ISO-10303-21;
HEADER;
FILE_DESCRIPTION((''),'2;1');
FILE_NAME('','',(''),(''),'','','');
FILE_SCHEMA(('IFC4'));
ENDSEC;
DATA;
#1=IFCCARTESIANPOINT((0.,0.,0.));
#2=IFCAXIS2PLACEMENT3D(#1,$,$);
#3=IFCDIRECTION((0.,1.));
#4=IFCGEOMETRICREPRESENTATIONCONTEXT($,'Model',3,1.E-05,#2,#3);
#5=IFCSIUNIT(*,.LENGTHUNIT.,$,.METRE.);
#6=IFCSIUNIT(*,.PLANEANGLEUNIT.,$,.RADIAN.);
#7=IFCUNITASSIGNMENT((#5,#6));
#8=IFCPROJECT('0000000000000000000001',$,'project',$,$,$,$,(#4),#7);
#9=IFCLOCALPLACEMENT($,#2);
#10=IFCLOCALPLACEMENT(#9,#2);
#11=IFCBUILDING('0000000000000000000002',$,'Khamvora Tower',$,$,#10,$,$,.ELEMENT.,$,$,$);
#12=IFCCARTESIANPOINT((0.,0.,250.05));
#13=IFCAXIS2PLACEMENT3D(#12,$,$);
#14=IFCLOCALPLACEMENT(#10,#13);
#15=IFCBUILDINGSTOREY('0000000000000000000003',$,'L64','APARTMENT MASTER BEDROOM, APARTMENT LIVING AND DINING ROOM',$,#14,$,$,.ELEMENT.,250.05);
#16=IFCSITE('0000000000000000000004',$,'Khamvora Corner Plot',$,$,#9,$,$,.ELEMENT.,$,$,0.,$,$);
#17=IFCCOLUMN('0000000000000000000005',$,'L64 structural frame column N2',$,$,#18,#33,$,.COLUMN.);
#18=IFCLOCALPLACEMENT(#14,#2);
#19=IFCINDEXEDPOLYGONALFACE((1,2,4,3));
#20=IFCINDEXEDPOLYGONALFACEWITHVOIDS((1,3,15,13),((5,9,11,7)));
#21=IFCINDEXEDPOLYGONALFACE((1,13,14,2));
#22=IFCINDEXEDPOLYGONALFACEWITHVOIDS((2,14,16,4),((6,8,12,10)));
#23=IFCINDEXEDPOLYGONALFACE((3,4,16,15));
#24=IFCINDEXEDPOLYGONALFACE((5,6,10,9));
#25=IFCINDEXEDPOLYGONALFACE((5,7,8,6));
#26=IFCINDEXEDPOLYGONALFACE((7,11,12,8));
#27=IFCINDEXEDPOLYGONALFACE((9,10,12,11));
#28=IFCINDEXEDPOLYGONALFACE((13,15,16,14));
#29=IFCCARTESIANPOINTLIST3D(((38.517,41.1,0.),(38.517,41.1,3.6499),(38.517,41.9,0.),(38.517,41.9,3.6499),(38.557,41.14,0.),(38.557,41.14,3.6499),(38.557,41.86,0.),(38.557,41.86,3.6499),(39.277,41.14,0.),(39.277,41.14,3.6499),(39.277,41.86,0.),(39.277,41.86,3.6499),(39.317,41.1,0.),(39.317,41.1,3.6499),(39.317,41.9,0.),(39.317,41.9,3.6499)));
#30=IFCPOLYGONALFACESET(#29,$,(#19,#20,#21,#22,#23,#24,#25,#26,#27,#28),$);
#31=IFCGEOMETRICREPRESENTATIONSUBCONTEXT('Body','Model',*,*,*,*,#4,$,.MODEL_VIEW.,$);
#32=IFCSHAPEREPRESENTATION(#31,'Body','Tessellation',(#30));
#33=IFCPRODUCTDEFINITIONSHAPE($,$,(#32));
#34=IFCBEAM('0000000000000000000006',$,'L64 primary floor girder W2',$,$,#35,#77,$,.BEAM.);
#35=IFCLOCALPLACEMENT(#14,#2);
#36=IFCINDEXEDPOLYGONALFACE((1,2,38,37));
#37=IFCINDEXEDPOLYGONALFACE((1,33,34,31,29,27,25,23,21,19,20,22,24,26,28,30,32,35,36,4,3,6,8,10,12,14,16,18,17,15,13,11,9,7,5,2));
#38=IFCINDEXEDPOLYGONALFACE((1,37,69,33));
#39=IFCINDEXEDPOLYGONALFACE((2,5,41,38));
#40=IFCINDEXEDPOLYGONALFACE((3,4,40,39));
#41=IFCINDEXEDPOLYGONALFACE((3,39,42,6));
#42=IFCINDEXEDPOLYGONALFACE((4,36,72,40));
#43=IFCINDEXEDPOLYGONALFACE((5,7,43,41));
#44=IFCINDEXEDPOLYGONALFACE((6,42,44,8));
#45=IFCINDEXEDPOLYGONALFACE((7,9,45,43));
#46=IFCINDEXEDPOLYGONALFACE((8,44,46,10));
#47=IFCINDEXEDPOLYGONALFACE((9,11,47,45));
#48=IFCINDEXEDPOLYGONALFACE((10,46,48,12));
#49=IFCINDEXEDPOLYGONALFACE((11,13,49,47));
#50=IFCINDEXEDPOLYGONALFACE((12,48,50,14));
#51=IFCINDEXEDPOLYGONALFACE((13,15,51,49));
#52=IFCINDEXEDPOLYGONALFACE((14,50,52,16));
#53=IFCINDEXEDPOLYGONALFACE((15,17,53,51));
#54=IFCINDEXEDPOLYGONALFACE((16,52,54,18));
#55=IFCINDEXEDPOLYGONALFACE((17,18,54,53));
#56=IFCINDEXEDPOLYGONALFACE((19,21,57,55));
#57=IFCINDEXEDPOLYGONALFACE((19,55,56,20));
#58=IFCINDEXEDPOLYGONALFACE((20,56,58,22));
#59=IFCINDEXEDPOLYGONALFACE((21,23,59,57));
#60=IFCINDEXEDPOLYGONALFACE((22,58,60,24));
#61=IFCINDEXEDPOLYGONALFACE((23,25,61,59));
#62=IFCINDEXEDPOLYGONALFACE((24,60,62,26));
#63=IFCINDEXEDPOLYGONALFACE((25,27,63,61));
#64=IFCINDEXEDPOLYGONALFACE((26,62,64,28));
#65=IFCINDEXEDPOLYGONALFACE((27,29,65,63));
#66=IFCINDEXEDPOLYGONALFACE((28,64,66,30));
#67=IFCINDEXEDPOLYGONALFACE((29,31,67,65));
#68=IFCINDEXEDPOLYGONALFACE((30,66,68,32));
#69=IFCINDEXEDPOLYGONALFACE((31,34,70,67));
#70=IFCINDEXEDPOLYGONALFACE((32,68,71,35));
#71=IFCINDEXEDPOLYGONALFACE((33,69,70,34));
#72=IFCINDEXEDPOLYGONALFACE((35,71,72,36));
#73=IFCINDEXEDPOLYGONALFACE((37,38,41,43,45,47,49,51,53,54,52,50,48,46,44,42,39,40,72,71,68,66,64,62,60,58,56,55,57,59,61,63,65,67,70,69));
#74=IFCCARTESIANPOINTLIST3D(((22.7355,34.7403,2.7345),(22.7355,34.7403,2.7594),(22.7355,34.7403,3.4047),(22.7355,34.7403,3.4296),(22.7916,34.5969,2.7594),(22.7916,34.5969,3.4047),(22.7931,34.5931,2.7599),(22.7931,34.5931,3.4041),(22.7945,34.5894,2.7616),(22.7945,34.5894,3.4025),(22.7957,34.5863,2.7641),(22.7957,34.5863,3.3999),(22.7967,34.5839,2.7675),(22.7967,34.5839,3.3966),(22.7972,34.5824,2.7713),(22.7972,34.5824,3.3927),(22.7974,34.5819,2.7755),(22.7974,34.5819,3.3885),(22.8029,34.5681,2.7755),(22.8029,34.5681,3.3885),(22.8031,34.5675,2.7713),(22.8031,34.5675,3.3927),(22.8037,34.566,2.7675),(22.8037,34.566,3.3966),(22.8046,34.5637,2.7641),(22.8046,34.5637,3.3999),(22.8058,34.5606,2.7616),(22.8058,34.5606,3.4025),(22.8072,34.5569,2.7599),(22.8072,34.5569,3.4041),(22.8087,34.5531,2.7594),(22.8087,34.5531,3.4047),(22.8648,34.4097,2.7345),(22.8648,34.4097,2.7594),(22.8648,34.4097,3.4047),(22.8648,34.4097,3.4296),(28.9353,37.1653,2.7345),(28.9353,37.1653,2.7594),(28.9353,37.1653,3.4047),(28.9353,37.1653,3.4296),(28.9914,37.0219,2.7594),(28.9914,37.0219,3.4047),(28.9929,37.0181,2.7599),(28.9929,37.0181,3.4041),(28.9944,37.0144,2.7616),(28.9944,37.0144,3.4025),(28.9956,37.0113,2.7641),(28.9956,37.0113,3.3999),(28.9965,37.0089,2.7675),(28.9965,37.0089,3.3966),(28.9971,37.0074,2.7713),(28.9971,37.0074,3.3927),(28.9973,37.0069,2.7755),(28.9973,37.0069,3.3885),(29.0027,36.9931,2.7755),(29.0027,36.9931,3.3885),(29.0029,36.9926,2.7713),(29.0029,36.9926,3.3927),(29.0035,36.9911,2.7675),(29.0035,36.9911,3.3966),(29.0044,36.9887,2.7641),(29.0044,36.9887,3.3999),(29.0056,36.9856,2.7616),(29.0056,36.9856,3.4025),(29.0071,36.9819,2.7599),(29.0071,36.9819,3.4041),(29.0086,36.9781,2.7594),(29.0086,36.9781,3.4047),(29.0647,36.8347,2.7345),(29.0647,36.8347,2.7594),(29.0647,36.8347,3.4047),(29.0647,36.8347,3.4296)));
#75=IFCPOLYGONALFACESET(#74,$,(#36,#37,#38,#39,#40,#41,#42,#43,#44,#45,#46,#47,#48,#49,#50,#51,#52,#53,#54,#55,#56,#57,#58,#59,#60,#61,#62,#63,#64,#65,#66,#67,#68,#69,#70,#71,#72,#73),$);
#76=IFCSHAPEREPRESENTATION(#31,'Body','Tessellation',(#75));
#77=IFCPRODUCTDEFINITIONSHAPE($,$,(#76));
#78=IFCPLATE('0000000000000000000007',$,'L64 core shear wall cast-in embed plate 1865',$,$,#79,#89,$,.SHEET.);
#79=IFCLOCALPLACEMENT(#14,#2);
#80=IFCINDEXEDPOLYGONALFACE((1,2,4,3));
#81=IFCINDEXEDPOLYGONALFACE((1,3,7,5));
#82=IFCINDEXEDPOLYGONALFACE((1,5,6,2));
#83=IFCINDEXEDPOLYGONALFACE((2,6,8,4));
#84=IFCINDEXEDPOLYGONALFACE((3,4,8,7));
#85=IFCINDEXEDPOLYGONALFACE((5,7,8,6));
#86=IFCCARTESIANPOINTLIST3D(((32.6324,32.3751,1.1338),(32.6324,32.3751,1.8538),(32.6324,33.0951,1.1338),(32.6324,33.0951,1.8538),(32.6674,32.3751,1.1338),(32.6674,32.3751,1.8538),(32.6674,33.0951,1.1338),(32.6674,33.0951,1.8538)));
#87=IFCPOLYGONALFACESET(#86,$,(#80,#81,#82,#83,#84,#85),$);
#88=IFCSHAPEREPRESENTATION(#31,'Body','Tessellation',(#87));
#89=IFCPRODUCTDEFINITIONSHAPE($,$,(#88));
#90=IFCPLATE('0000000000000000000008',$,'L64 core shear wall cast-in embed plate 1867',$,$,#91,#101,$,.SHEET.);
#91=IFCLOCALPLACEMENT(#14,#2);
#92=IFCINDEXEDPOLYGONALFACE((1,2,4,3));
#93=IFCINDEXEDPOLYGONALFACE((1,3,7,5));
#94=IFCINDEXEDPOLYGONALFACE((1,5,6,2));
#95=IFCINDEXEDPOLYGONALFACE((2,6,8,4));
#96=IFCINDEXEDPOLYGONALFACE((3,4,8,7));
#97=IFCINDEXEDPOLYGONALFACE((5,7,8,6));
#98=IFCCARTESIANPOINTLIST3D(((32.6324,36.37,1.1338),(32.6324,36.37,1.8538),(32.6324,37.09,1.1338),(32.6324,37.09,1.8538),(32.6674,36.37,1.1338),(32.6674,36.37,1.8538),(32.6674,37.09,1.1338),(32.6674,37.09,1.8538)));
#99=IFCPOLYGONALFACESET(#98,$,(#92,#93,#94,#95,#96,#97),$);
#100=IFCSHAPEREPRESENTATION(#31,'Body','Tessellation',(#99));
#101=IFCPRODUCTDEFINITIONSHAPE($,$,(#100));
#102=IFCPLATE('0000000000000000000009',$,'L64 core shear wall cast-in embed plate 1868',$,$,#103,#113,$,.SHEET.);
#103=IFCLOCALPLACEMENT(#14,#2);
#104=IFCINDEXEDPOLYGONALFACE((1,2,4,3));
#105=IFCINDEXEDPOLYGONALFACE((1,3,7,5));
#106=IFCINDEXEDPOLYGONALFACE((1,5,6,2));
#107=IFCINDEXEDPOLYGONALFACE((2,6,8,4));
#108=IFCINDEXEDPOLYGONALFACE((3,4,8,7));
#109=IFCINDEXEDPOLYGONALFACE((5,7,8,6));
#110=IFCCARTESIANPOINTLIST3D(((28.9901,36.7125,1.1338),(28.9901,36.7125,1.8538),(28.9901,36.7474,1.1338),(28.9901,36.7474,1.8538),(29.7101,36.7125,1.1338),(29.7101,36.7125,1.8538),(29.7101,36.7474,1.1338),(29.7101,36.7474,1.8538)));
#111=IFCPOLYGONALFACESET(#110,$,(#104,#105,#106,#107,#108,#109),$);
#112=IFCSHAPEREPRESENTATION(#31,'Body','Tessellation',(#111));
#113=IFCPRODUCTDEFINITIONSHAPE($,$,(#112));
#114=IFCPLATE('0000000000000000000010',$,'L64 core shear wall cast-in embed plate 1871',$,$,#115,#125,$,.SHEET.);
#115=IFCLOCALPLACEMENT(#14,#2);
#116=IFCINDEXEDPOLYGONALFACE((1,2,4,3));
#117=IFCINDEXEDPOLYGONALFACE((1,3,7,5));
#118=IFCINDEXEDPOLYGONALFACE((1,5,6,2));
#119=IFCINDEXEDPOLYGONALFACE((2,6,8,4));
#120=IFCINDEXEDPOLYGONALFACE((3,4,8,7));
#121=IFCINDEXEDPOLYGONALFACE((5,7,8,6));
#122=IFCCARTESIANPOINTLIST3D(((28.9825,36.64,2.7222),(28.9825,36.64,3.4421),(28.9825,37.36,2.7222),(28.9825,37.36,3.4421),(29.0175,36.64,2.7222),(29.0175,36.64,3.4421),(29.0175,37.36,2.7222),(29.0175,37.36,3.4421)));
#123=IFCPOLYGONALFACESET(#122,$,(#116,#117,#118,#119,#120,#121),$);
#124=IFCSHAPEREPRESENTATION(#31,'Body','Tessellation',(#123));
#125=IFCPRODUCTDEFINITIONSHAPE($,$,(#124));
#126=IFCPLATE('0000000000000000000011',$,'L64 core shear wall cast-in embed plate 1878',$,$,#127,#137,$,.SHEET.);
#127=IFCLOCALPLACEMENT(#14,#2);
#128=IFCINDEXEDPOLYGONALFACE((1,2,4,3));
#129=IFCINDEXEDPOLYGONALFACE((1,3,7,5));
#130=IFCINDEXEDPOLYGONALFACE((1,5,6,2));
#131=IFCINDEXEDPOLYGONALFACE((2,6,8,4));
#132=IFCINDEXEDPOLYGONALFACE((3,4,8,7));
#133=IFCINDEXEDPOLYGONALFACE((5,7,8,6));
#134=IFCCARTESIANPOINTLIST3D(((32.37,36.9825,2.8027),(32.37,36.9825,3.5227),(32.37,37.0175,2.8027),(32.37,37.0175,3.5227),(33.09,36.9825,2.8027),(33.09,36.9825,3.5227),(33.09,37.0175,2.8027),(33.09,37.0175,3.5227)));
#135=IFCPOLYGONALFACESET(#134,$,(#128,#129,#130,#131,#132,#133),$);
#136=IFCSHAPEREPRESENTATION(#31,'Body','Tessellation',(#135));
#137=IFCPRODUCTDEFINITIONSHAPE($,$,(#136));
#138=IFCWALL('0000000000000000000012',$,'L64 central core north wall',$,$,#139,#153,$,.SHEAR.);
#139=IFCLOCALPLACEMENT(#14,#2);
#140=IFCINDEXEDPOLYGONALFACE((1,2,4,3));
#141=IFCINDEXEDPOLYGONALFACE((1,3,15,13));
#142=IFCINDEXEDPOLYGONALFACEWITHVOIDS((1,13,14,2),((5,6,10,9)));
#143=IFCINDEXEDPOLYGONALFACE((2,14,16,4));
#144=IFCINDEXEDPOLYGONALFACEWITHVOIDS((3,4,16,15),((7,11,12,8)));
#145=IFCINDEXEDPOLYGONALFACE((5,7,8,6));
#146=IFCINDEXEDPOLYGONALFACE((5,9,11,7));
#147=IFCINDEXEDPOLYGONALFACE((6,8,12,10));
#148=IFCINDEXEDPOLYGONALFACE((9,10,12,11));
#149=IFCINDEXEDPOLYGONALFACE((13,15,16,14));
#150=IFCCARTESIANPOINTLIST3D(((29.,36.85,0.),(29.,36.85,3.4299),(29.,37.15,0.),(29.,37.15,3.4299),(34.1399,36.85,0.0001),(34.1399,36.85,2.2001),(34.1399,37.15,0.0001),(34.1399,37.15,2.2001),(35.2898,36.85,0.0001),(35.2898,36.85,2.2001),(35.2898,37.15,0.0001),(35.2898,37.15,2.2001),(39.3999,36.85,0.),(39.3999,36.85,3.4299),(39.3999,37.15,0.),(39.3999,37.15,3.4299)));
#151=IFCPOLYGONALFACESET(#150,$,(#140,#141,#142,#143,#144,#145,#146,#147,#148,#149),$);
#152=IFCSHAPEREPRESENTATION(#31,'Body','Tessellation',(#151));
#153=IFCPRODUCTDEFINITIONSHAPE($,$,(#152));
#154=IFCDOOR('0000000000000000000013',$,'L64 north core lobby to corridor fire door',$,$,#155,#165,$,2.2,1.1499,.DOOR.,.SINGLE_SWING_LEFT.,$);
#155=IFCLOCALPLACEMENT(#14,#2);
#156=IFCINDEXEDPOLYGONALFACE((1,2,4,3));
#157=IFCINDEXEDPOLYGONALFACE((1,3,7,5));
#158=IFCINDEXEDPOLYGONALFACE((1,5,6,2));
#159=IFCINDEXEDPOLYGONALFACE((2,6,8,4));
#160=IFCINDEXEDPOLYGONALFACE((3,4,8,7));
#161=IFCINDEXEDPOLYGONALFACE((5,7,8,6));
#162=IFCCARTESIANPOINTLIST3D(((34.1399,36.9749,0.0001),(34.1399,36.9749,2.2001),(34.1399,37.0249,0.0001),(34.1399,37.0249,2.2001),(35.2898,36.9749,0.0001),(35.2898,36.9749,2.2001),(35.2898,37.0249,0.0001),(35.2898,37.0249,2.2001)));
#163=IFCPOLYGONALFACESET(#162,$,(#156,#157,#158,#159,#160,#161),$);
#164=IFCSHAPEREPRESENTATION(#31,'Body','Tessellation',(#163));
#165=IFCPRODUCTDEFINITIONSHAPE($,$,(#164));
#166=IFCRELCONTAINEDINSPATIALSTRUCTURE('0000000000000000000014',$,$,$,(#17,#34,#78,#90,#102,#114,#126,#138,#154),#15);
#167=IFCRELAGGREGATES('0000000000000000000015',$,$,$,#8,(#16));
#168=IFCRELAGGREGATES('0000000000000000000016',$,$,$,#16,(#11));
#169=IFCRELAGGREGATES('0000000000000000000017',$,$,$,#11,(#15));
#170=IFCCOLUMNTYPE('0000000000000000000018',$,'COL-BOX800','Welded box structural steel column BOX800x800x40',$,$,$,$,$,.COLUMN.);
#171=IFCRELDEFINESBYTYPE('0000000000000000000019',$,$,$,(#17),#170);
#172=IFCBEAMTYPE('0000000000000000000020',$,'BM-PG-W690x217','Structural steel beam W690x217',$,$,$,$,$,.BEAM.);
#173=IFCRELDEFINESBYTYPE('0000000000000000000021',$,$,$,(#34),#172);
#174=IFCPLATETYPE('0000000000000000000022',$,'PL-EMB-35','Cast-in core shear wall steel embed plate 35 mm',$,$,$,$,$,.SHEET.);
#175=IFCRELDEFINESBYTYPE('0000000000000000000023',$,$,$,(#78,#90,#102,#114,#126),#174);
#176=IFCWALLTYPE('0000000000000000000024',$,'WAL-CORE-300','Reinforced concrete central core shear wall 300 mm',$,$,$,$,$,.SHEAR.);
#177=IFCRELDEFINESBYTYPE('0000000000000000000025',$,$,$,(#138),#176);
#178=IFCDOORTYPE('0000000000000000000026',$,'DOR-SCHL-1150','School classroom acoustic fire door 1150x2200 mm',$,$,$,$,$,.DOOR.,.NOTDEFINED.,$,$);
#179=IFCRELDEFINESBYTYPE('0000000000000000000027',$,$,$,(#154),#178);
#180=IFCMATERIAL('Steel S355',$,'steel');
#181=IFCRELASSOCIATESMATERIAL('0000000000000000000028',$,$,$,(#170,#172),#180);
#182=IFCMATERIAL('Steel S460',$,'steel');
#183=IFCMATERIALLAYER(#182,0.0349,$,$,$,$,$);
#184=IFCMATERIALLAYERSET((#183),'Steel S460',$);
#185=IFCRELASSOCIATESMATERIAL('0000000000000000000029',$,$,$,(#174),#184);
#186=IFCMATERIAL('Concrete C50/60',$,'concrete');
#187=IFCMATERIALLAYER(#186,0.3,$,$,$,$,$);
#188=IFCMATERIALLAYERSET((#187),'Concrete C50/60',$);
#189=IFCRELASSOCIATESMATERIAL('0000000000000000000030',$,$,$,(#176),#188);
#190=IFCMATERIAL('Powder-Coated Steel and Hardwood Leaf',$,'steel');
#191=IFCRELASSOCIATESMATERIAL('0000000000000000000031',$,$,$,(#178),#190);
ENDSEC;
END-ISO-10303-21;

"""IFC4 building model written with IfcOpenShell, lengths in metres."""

from ifc_helpers import new_model, si_unit, direction, frame, frame_2d, origin, origin_2d, place, context, subcontext, project, spatial, rectangle, hollow_rectangle, i_section, extrude, material, layer, layer_set, material_profile, profile_set, type_object, element, fill, save


model = new_model("IFC4")

# Units and contexts
model_context = context("Model", 3, precision=1e-05, world=origin(), true_north=direction((0.0, 1.0)))
body_context = subcontext(model_context, "Body", "Model", "MODEL_VIEW")
ifc_project = project(units=[si_unit("LENGTHUNIT", "METRE"), si_unit("PLANEANGLEUNIT", "RADIAN")], contexts=[model_context])

# Site, building, storey
site_placement = place(None, origin())
site = spatial("IfcSite", under=ifc_project, at=site_placement, Name="Khamvora Corner Plot", CompositionType="ELEMENT", RefElevation=0.0)
building_placement = place(site_placement, origin())
building = spatial("IfcBuilding", under=site, at=building_placement, Name="Khamvora Tower", CompositionType="ELEMENT")
storey_placement = place(building_placement, frame((0.0, 0.0, 250.05)))
storey = spatial("IfcBuildingStorey", under=building, at=storey_placement, Name="L64", Description="APARTMENT MASTER BEDROOM, APARTMENT LIVING AND DINING ROOM", CompositionType="ELEMENT", Elevation=250.05)

# Column
ifc_material_1 = material(Name="Steel S355", Category="steel")
ifc_material_profile_1 = material_profile(ifc_material_1, hollow_rectangle(XDim=0.8, YDim=0.8, WallThickness=0.04, at=origin_2d()), Name="BOX800x800x40")
ifc_profile_set_1 = profile_set([ifc_material_profile_1], Name="Steel S355")
column_type = type_object("IfcColumnType", Name="COL-BOX800", Description="Welded box structural steel column BOX800x800x40", PredefinedType="COLUMN", material=ifc_profile_set_1)
column_placement = place(storey_placement, frame((38.917, 41.5, 0.0), z_axis=(0.0, 0.0, 1.0), x_axis=(1.0, 0.0, 0.0)))
element("IfcColumn", 1, at=column_placement, inside=storey, type_object=column_type, Name="L64 structural frame column N2", PredefinedType="COLUMN", context=body_context, shape_type="SweptSolid", body=[
    extrude(hollow_rectangle(XDim=0.8, YDim=0.8, WallThickness=0.04, at=origin_2d()), origin(), (0.0, 0.0, 1.0), 3.6499),
])

# Beam
ifc_material_profile_2 = material_profile(ifc_material_1, i_section(OverallWidth=0.355, OverallDepth=0.6951, WebThickness=0.0149, FlangeThickness=0.0249, FilletRadius=0.0161, at=origin_2d()), Name="W690x217")
ifc_profile_set_2 = profile_set([ifc_material_profile_2], Name="Steel S355")
beam_type = type_object("IfcBeamType", Name="BM-PG-W690x217", Description="Structural steel beam W690x217", PredefinedType="BEAM", material=ifc_profile_set_2)
beam_placement = place(storey_placement, frame((29.0, 37.0, 3.082), z_axis=(-0.931295, -0.364267, 0.0), x_axis=(0.364267, -0.931295, 0.0)))
element("IfcBeam", 2, at=beam_placement, inside=storey, type_object=beam_type, Name="L64 primary floor girder W2", PredefinedType="BEAM", context=body_context, shape_type="SweptSolid", body=[
    extrude(i_section(OverallWidth=0.355, OverallDepth=0.6951, WebThickness=0.0149, FlangeThickness=0.0249, FilletRadius=0.0161, at=origin_2d()), origin(), (0.0, 0.0, 1.0), 6.6572),
])

# Plates
ifc_material_2 = material(Name="Steel S460", Category="steel")
ifc_layer_1 = layer(ifc_material_2, 0.0349)
ifc_layer_set_1 = layer_set([ifc_layer_1], Name="Steel S460")
plate_type = type_object("IfcPlateType", Name="PL-EMB-35", Description="Cast-in core shear wall steel embed plate 35 mm", PredefinedType="SHEET", material=ifc_layer_set_1)
for number, where, z_axis, x_axis, name in (
    (3, (32.6499, 32.7351, 1.1338), (0.0, 0.0, 1.0), (1.0, 0.0, 0.0), "L64 core shear wall cast-in embed plate 1865"),
    (4, (32.6499, 36.73, 1.1338), (0.0, 0.0, 1.0), (1.0, 0.0, 0.0), "L64 core shear wall cast-in embed plate 1867"),
):
    element("IfcPlate", number, at=place(storey_placement, frame(where, z_axis=z_axis, x_axis=x_axis)), inside=storey, type_object=plate_type, Name=name, PredefinedType="SHEET", context=body_context, shape_type="SweptSolid", body=[
        extrude(rectangle(XDim=0.0349, YDim=0.72, at=origin_2d()), origin(), (0.0, 0.0, 1.0), 0.72),
    ])
plate_1_placement = place(storey_placement, frame((29.3501, 36.73, 1.1338), z_axis=(0.0, 0.0, 1.0), x_axis=(1.0, 0.0, 0.0)))
element("IfcPlate", 5, at=plate_1_placement, inside=storey, type_object=plate_type, Name="L64 core shear wall cast-in embed plate 1868", PredefinedType="SHEET", context=body_context, shape_type="SweptSolid", body=[
    extrude(rectangle(XDim=0.72, YDim=0.0349, at=origin_2d()), origin(), (0.0, 0.0, 1.0), 0.72),
])
plate_2_placement = place(storey_placement, frame((29.0, 37.0, 2.7222), z_axis=(0.0, 0.0, 1.0), x_axis=(1.0, 0.0, 0.0)))
element("IfcPlate", 6, at=plate_2_placement, inside=storey, type_object=plate_type, Name="L64 core shear wall cast-in embed plate 1871", PredefinedType="SHEET", context=body_context, shape_type="SweptSolid", body=[
    extrude(rectangle(XDim=0.0349, YDim=0.72, at=origin_2d()), origin(), (0.0, 0.0, 1.0), 0.72),
])
plate_3_placement = place(storey_placement, frame((32.73, 37.0, 2.8027), z_axis=(0.0, 0.0, 1.0), x_axis=(1.0, 0.0, 0.0)))
element("IfcPlate", 7, at=plate_3_placement, inside=storey, type_object=plate_type, Name="L64 core shear wall cast-in embed plate 1878", PredefinedType="SHEET", context=body_context, shape_type="SweptSolid", body=[
    extrude(rectangle(XDim=0.72, YDim=0.0349, at=origin_2d()), origin(), (0.0, 0.0, 1.0), 0.72),
])

# Wall, opening, door
ifc_material_3 = material(Name="Concrete C50/60", Category="concrete")
ifc_layer_2 = layer(ifc_material_3, 0.3)
ifc_layer_set_2 = layer_set([ifc_layer_2], Name="Concrete C50/60")
wall_type_1 = type_object("IfcWallType", Name="WAL-CORE-300", Description="Reinforced concrete central core shear wall 300 mm", PredefinedType="SHEAR", material=ifc_layer_set_2)
wall_1_placement = place(storey_placement, frame((29.0, 37.0, 0.0), z_axis=(0.0, 0.0, 1.0), x_axis=(1.0, 0.0, 0.0)))
wall_1 = element("IfcWall", 8, at=wall_1_placement, inside=storey, type_object=wall_type_1, Name="L64 central core north wall", PredefinedType="SHEAR", context=body_context, shape_type="SweptSolid", body=[
    extrude(rectangle(XDim=10.3999, YDim=0.3, at=frame_2d((5.2, 0.0))), origin(), (0.0, 0.0, 1.0), 3.4299),
])
opening_1_placement = place(wall_1_placement, frame((5.1399, 0.0, 0.0)))
opening_1 = element("IfcOpeningElement", 9, at=opening_1_placement, cuts=wall_1, PredefinedType="OPENING", context=body_context, shape_type="SweptSolid", body=[
    extrude(rectangle(XDim=1.1499, YDim=2.2, at=frame_2d((0.575, 1.1001))), frame((0.0, 0.1599, 0.0), z_axis=(0.0, -1.0, 0.0), x_axis=(1.0, 0.0, 0.0)), (0.0, 0.0, 1.0), 0.3201),
])
ifc_material_4 = material(Name="Powder-Coated Steel and Hardwood Leaf", Category="steel")
door_type_1 = type_object("IfcDoorType", Name="DOR-SCHL-1150", Description="School classroom acoustic fire door 1150x2200 mm", OperationType="NOTDEFINED", PredefinedType="DOOR", material=ifc_material_4)
door_1_placement = place(opening_1_placement, origin())
door_1 = element("IfcDoor", 10, at=door_1_placement, inside=storey, type_object=door_type_1, Name="L64 north core lobby to corridor fire door", OperationType="SINGLE_SWING_LEFT", OverallHeight=2.2, OverallWidth=1.1499, PredefinedType="DOOR", context=body_context, shape_type="SweptSolid", body=[
    extrude(rectangle(XDim=1.1499, YDim=2.2, at=frame_2d((0.575, 1.1001))), frame((0.0, 0.0249, 0.0), z_axis=(0.0, -1.0, 0.0), x_axis=(1.0, 0.0, 0.0)), (0.0, 0.0, 1.0), 0.05),
])
fill(opening_1, door_1)

save(model, "model.ifc")
